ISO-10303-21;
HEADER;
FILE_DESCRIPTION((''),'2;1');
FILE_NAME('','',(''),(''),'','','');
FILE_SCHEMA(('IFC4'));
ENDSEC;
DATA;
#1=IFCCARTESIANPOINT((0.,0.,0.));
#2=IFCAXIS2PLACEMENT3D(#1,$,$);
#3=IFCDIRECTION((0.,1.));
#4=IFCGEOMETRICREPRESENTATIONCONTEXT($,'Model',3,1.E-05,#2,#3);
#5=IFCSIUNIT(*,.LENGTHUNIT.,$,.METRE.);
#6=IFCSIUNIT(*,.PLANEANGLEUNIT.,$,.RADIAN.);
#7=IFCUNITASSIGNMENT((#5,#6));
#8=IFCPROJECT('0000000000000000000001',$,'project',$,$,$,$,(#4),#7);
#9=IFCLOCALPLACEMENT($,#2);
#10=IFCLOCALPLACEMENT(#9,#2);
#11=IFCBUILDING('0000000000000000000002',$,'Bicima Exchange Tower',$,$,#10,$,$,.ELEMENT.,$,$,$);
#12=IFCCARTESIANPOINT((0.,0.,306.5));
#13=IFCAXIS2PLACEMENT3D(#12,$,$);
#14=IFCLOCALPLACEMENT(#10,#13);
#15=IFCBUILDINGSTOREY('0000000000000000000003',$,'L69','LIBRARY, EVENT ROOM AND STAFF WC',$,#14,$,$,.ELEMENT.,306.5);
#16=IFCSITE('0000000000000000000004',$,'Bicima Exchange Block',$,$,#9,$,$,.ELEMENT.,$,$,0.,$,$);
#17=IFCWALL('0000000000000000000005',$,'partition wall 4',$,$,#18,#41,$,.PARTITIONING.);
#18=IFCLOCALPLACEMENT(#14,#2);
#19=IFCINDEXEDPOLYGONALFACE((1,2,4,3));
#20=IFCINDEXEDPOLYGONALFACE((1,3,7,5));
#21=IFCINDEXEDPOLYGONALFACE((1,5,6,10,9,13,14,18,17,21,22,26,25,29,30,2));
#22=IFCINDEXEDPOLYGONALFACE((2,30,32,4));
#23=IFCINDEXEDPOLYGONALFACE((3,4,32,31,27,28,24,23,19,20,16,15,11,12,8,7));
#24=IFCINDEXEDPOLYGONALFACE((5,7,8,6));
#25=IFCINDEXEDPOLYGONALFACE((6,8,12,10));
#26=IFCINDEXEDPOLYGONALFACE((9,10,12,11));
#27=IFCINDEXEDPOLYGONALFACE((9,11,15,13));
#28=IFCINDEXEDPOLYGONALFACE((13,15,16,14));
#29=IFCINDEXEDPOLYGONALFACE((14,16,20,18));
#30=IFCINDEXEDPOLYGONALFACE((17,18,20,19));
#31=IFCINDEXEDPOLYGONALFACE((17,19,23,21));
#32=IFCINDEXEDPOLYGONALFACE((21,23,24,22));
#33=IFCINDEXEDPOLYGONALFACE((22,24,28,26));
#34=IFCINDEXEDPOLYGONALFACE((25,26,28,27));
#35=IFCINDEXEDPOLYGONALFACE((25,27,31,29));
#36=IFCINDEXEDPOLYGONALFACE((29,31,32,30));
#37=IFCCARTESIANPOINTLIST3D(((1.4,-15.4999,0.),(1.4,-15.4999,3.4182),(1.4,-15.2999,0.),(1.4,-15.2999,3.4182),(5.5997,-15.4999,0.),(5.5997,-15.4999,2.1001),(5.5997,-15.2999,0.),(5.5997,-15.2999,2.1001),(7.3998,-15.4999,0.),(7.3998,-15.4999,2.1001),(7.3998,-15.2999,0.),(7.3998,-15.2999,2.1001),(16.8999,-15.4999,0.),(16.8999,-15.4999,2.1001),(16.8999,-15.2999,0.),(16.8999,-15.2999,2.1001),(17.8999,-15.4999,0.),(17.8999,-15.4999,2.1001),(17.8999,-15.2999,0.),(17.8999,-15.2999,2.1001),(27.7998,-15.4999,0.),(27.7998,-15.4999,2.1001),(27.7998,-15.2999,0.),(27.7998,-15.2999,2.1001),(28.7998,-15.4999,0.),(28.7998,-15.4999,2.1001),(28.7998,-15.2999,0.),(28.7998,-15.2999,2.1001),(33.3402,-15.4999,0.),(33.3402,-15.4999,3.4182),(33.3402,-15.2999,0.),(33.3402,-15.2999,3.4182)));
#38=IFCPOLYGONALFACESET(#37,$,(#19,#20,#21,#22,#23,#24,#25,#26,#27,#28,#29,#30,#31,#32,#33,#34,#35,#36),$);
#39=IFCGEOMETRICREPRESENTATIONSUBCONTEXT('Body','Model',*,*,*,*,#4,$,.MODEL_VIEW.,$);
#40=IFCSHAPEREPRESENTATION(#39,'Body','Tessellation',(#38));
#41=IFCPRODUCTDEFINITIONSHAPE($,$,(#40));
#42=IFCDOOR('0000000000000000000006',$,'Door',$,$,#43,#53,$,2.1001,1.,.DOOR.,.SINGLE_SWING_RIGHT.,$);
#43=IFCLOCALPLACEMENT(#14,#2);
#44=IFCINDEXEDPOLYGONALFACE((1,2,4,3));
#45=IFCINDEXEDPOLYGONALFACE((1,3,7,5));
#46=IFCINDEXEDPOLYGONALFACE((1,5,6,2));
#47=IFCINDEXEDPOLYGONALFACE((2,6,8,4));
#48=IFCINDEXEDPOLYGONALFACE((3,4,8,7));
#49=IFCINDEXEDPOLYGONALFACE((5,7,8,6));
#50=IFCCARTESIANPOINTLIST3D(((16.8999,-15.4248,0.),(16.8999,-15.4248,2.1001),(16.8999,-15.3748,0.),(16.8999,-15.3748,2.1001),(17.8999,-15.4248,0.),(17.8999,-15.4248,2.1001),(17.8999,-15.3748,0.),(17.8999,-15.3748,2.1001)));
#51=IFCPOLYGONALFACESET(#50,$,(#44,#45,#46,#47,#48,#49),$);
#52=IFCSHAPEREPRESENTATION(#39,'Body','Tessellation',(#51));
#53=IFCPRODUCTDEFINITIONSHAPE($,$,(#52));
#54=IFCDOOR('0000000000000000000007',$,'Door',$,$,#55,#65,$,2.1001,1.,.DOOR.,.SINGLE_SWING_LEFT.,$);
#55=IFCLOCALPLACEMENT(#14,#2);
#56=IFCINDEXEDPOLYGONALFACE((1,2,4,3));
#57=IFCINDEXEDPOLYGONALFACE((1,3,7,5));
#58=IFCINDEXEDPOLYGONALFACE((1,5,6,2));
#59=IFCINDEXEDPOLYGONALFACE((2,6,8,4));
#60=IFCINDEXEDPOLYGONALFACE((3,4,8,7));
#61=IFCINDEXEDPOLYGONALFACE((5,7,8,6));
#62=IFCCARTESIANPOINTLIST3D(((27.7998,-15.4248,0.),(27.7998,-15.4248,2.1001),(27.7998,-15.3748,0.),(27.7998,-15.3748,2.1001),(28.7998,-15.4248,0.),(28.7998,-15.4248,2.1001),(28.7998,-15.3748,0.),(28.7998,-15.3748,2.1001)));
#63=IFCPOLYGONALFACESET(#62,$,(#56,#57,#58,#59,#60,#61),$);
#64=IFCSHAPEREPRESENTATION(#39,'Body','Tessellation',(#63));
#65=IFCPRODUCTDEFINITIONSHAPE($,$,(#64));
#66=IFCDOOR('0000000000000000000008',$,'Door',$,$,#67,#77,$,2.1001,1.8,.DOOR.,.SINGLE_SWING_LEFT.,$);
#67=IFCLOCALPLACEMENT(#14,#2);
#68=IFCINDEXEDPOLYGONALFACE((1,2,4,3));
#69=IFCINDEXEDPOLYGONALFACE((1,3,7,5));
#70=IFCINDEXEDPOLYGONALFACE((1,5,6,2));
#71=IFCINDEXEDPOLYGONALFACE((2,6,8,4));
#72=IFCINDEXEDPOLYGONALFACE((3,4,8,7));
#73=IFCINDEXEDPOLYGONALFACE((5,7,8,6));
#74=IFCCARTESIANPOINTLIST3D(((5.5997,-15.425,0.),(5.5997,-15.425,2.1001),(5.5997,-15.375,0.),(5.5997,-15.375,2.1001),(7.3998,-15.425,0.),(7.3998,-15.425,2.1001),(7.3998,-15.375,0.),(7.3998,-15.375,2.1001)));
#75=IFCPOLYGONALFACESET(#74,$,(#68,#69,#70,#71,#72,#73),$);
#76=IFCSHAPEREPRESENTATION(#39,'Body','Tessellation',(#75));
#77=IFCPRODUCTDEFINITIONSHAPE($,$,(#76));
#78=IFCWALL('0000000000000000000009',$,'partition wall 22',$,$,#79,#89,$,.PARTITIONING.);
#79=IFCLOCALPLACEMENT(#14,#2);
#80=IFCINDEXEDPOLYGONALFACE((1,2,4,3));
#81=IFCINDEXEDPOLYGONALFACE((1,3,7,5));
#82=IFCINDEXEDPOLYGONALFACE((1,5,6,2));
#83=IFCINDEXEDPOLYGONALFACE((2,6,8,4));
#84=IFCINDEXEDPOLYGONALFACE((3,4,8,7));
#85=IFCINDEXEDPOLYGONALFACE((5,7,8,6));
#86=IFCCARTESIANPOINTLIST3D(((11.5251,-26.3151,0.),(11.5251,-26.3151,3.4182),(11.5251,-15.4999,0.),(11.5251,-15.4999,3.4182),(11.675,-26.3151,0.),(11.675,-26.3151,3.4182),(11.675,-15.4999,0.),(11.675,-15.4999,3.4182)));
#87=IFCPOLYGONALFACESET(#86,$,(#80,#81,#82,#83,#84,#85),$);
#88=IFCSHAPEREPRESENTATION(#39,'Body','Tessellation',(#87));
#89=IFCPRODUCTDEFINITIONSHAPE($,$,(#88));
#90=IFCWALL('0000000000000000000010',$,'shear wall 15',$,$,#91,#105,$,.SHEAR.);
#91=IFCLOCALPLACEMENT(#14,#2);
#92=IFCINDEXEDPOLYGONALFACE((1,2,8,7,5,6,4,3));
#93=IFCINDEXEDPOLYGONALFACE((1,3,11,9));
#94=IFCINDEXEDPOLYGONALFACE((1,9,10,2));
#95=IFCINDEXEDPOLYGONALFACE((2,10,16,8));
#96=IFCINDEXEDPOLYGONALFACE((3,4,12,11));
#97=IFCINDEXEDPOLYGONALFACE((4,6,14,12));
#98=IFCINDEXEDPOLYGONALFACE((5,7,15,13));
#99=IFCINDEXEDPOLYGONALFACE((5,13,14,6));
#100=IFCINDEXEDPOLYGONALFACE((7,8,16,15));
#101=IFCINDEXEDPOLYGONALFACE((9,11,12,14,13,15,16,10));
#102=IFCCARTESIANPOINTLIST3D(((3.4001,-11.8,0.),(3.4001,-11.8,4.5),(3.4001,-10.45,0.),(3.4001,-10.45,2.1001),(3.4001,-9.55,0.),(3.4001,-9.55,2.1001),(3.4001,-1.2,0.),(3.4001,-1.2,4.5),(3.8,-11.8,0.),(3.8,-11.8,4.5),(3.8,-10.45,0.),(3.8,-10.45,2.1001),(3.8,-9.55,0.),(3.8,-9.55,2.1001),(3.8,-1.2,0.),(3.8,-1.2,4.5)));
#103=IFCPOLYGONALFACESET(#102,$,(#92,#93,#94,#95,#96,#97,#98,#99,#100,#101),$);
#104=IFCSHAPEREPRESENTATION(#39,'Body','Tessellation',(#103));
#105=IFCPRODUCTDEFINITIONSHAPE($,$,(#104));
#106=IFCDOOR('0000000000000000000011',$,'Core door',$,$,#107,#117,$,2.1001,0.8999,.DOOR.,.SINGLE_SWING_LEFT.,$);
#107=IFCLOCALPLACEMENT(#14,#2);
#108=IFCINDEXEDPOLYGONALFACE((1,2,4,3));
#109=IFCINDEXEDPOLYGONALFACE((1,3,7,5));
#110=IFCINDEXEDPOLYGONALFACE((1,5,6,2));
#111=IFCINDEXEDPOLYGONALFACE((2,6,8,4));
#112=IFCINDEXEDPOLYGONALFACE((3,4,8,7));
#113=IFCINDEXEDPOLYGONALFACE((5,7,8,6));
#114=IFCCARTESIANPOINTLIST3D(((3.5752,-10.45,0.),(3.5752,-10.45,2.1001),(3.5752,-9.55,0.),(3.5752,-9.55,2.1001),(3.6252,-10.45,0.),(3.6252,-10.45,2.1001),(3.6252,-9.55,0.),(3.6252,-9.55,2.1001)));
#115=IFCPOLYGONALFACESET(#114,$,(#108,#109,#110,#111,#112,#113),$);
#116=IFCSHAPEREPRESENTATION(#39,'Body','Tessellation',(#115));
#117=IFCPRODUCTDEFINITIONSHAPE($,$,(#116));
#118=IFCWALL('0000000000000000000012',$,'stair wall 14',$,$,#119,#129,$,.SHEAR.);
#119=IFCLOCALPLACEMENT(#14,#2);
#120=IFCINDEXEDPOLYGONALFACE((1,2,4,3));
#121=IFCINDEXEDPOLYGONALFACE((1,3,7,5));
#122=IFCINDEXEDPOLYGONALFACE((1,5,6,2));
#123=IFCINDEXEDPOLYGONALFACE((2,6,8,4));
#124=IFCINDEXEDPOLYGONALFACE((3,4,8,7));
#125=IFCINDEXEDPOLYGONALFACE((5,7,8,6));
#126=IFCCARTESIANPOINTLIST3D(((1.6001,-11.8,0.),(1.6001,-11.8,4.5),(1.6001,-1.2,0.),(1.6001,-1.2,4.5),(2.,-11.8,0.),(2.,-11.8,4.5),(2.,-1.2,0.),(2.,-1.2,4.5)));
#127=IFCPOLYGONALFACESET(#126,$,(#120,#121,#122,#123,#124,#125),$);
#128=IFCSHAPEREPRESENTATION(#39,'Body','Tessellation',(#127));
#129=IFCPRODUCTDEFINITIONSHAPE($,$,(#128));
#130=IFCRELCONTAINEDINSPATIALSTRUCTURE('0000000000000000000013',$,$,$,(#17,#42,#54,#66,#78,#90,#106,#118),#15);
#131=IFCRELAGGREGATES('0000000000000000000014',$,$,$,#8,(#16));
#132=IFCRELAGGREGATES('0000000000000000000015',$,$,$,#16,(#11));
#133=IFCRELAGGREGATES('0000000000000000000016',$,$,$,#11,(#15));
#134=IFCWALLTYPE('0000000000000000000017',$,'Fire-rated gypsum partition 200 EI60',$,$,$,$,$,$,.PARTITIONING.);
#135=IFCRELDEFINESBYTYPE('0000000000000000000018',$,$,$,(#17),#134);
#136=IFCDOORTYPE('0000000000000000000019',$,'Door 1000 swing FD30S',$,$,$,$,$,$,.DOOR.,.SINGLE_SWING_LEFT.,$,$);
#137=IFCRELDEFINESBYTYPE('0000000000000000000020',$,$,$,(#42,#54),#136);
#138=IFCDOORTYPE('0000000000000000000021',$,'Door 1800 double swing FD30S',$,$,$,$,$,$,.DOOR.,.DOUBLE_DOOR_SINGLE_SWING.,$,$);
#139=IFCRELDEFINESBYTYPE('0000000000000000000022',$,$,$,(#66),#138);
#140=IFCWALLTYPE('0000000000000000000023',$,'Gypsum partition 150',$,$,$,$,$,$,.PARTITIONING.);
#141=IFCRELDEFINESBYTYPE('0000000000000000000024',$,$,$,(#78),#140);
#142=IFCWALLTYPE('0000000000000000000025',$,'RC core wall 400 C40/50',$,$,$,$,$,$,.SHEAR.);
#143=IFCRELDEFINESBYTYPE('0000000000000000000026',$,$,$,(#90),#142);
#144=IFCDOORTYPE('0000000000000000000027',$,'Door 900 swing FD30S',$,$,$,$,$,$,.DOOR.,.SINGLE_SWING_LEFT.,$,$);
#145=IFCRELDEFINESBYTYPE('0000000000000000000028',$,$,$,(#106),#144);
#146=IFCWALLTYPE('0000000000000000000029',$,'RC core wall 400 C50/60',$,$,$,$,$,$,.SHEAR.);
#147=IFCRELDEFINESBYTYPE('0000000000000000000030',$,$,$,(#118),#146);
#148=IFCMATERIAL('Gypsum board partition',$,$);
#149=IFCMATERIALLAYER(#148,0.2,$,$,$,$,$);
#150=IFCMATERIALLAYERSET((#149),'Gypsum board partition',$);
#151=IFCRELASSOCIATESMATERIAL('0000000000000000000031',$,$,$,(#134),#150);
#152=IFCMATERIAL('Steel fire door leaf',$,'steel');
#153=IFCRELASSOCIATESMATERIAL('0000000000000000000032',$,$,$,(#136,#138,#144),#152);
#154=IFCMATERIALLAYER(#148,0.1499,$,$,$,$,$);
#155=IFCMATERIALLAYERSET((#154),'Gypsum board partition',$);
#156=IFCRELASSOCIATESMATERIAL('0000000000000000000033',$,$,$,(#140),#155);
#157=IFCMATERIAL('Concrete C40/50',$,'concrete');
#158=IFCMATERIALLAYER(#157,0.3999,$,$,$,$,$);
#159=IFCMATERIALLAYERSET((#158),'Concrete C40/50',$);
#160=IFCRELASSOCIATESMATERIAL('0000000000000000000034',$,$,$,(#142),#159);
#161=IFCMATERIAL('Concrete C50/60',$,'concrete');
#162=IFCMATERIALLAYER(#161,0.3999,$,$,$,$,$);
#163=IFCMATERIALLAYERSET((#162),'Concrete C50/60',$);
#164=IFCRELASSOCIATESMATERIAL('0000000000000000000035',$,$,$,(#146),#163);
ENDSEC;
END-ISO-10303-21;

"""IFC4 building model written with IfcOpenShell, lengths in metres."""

from ifc_helpers import new_model, si_unit, direction, frame, frame_2d, origin, place, context, subcontext, project, spatial, rectangle, extrude, material, layer, layer_set, type_object, element, fill, save


model = new_model("IFC4")

# Units and contexts
model_context = context("Model", 3, precision=1e-05, world=origin(), true_north=direction((0.0, 1.0)))
body_context = subcontext(model_context, "Body", "Model", "MODEL_VIEW")
ifc_project = project(units=[si_unit("LENGTHUNIT", "METRE"), si_unit("PLANEANGLEUNIT", "RADIAN")], contexts=[model_context])

# Site, building, storey
site_placement = place(None, origin())
site = spatial("IfcSite", under=ifc_project, at=site_placement, Name="Bicima Exchange Block", CompositionType="ELEMENT", RefElevation=0.0)
building_placement = place(site_placement, origin())
building = spatial("IfcBuilding", under=site, at=building_placement, Name="Bicima Exchange Tower", CompositionType="ELEMENT")
storey_placement = place(building_placement, frame((0.0, 0.0, 306.5)))
storey = spatial("IfcBuildingStorey", under=building, at=storey_placement, Name="L69", Description="LIBRARY, EVENT ROOM AND STAFF WC", CompositionType="ELEMENT", Elevation=306.5)

# Wall, openings, doors
ifc_material_1 = material(Name="Gypsum board partition")
ifc_layer_1 = layer(ifc_material_1, 0.2)
ifc_layer_set_1 = layer_set([ifc_layer_1], Name="Gypsum board partition")
wall_type_1 = type_object("IfcWallType", Name="Fire-rated gypsum partition 200 EI60", PredefinedType="PARTITIONING", material=ifc_layer_set_1)
wall_1_placement = place(storey_placement, frame((1.3999, -15.3999, 0.0), z_axis=(0.0, 0.0, 1.0), x_axis=(1.0, 0.0, 0.0)))
wall_1 = element("IfcWall", 1, at=wall_1_placement, inside=storey, type_object=wall_type_1, Name="partition wall 4", PredefinedType="PARTITIONING", context=body_context, shape_type="SweptSolid", body=[
    extrude(rectangle(XDim=31.9402, YDim=0.2, at=frame_2d((15.9702, 0.0))), origin(), (0.0, 0.0, 1.0), 3.4182),
])
opening_1_placement = place(wall_1_placement, frame((4.2, 0.0, 0.0)))
opening_1 = element("IfcOpeningElement", 2, at=opening_1_placement, cuts=wall_1, PredefinedType="OPENING", context=body_context, shape_type="SweptSolid", body=[
    extrude(rectangle(XDim=1.8, YDim=2.1001, at=frame_2d((0.8999, 1.05))), frame((0.0, 0.1118, 0.0), z_axis=(0.0, -1.0, 0.0), x_axis=(1.0, 0.0, 0.0)), (0.0, 0.0, 1.0), 0.2239),
])
opening_2_placement = place(wall_1_placement, frame((15.5, 0.0, 0.0)))
opening_2 = element("IfcOpeningElement", 3, at=opening_2_placement, cuts=wall_1, PredefinedType="OPENING", context=body_context, shape_type="SweptSolid", body=[
    extrude(rectangle(XDim=1.0, YDim=2.1001, at=frame_2d((0.5, 1.05))), frame((0.0, 0.1118, 0.0), z_axis=(0.0, -1.0, 0.0), x_axis=(1.0, 0.0, 0.0)), (0.0, 0.0, 1.0), 0.2239),
])
opening_3_placement = place(wall_1_placement, frame((26.3999, 0.0, 0.0)))
opening_3 = element("IfcOpeningElement", 4, at=opening_3_placement, cuts=wall_1, PredefinedType="OPENING", context=body_context, shape_type="SweptSolid", body=[
    extrude(rectangle(XDim=1.0, YDim=2.1001, at=frame_2d((0.5, 1.05))), frame((0.0, 0.1118, 0.0), z_axis=(0.0, -1.0, 0.0), x_axis=(1.0, 0.0, 0.0)), (0.0, 0.0, 1.0), 0.2239),
])
ifc_material_2 = material(Name="Steel fire door leaf", Category="steel")
door_type_1 = type_object("IfcDoorType", Name="Door 1000 swing FD30S", OperationType="SINGLE_SWING_LEFT", PredefinedType="DOOR", material=ifc_material_2)
door_1_placement = place(opening_2_placement, frame((1.0, 0.0, 0.0), z_axis=(0.0, 0.0, 1.0), x_axis=(-1.0, 0.0, 0.0)))
door_1 = element("IfcDoor", 5, at=door_1_placement, inside=storey, type_object=door_type_1, Name="Door", OperationType="SINGLE_SWING_RIGHT", OverallHeight=2.1001, OverallWidth=1.0, PredefinedType="DOOR", context=body_context, shape_type="SweptSolid", body=[
    extrude(rectangle(XDim=1.0, YDim=2.1001, at=frame_2d((0.5, 1.05))), frame((0.0, 0.0249, 0.0), z_axis=(0.0, -1.0, 0.0), x_axis=(1.0, 0.0, 0.0)), (0.0, 0.0, 1.0), 0.05),
])
fill(opening_2, door_1)
door_2_placement = place(opening_3_placement, frame((1.0, 0.0, 0.0), z_axis=(0.0, 0.0, 1.0), x_axis=(-1.0, 0.0, 0.0)))
door_2 = element("IfcDoor", 6, at=door_2_placement, inside=storey, type_object=door_type_1, Name="Door", OperationType="SINGLE_SWING_LEFT", OverallHeight=2.1001, OverallWidth=1.0, PredefinedType="DOOR", context=body_context, shape_type="SweptSolid", body=[
    extrude(rectangle(XDim=1.0, YDim=2.1001, at=frame_2d((0.5, 1.05))), frame((0.0, 0.0249, 0.0), z_axis=(0.0, -1.0, 0.0), x_axis=(1.0, 0.0, 0.0)), (0.0, 0.0, 1.0), 0.05),
])
fill(opening_3, door_2)
door_type_2 = type_object("IfcDoorType", Name="Door 1800 double swing FD30S", OperationType="DOUBLE_DOOR_SINGLE_SWING", PredefinedType="DOOR", material=ifc_material_2)
door_3_placement = place(opening_1_placement, origin())
door_3 = element("IfcDoor", 7, at=door_3_placement, inside=storey, type_object=door_type_2, Name="Door", OperationType="SINGLE_SWING_LEFT", OverallHeight=2.1001, OverallWidth=1.8, PredefinedType="DOOR", context=body_context, shape_type="SweptSolid", body=[
    extrude(rectangle(XDim=1.8, YDim=2.1001, at=frame_2d((0.8999, 1.05))), frame((0.0, 0.0249, 0.0), z_axis=(0.0, -1.0, 0.0), x_axis=(1.0, 0.0, 0.0)), (0.0, 0.0, 1.0), 0.05),
])
fill(opening_1, door_3)

# Wall
ifc_layer_2 = layer(ifc_material_1, 0.1499)
ifc_layer_set_2 = layer_set([ifc_layer_2], Name="Gypsum board partition")
wall_type_2 = type_object("IfcWallType", Name="Gypsum partition 150", PredefinedType="PARTITIONING", material=ifc_layer_set_2)
wall_2_placement = place(storey_placement, frame((11.6001, -26.3152, 0.0), z_axis=(0.0, 0.0, 1.0), x_axis=(0.0, 1.0, 0.0)))
element("IfcWall", 8, at=wall_2_placement, inside=storey, type_object=wall_type_2, Name="partition wall 22", PredefinedType="PARTITIONING", context=body_context, shape_type="SweptSolid", body=[
    extrude(rectangle(XDim=10.8152, YDim=0.1499, at=frame_2d((5.4077, 0.0))), origin(), (0.0, 0.0, 1.0), 3.4182),
])

# Wall, opening, door
ifc_material_3 = material(Name="Concrete C40/50", Category="concrete")
ifc_layer_3 = layer(ifc_material_3, 0.3999)
ifc_layer_set_3 = layer_set([ifc_layer_3], Name="Concrete C40/50")
wall_type_3 = type_object("IfcWallType", Name="RC core wall 400 C40/50", PredefinedType="SHEAR", material=ifc_layer_set_3)
wall_3_placement = place(storey_placement, frame((3.6001, -11.8, 0.0), z_axis=(0.0, 0.0, 1.0), x_axis=(0.0, 1.0, 0.0)))
wall_3 = element("IfcWall", 9, at=wall_3_placement, inside=storey, type_object=wall_type_3, Name="shear wall 15", PredefinedType="SHEAR", context=body_context, shape_type="SweptSolid", body=[
    extrude(rectangle(XDim=10.6001, YDim=0.3999, at=frame_2d((5.3, 0.0))), origin(), (0.0, 0.0, 1.0), 4.5),
])
opening_4_placement = place(wall_3_placement, frame((1.3501, 0.0, 0.0)))
opening_4 = element("IfcOpeningElement", 10, at=opening_4_placement, cuts=wall_3, PredefinedType="OPENING", context=body_context, shape_type="SweptSolid", body=[
    extrude(rectangle(XDim=0.8999, YDim=2.1001, at=frame_2d((0.45, 1.05))), frame((0.0, 0.2119, 0.0), z_axis=(0.0, -1.0, 0.0), x_axis=(1.0, 0.0, 0.0)), (0.0, 0.0, 1.0), 0.4238),
])
door_type_3 = type_object("IfcDoorType", Name="Door 900 swing FD30S", OperationType="SINGLE_SWING_LEFT", PredefinedType="DOOR", material=ifc_material_2)
door_4_placement = place(opening_4_placement, origin())
door_4 = element("IfcDoor", 11, at=door_4_placement, inside=storey, type_object=door_type_3, Name="Core door", OperationType="SINGLE_SWING_LEFT", OverallHeight=2.1001, OverallWidth=0.8999, PredefinedType="DOOR", context=body_context, shape_type="SweptSolid", body=[
    extrude(rectangle(XDim=0.8999, YDim=2.1001, at=frame_2d((0.45, 1.05))), frame((0.0, 0.0249, 0.0), z_axis=(0.0, -1.0, 0.0), x_axis=(1.0, 0.0, 0.0)), (0.0, 0.0, 1.0), 0.05),
])
fill(opening_4, door_4)

# Wall
ifc_material_4 = material(Name="Concrete C50/60", Category="concrete")
ifc_layer_4 = layer(ifc_material_4, 0.3999)
ifc_layer_set_4 = layer_set([ifc_layer_4], Name="Concrete C50/60")
wall_type_4 = type_object("IfcWallType", Name="RC core wall 400 C50/60", PredefinedType="SHEAR", material=ifc_layer_set_4)
wall_4_placement = place(storey_placement, frame((1.8, -11.8, 0.0), z_axis=(0.0, 0.0, 1.0), x_axis=(0.0, 1.0, 0.0)))
element("IfcWall", 12, at=wall_4_placement, inside=storey, type_object=wall_type_4, Name="stair wall 14", PredefinedType="SHEAR", context=body_context, shape_type="SweptSolid", body=[
    extrude(rectangle(XDim=10.6001, YDim=0.3999, at=frame_2d((5.3, 0.0))), origin(), (0.0, 0.0, 1.0), 4.5),
])

save(model, "model.ifc")
